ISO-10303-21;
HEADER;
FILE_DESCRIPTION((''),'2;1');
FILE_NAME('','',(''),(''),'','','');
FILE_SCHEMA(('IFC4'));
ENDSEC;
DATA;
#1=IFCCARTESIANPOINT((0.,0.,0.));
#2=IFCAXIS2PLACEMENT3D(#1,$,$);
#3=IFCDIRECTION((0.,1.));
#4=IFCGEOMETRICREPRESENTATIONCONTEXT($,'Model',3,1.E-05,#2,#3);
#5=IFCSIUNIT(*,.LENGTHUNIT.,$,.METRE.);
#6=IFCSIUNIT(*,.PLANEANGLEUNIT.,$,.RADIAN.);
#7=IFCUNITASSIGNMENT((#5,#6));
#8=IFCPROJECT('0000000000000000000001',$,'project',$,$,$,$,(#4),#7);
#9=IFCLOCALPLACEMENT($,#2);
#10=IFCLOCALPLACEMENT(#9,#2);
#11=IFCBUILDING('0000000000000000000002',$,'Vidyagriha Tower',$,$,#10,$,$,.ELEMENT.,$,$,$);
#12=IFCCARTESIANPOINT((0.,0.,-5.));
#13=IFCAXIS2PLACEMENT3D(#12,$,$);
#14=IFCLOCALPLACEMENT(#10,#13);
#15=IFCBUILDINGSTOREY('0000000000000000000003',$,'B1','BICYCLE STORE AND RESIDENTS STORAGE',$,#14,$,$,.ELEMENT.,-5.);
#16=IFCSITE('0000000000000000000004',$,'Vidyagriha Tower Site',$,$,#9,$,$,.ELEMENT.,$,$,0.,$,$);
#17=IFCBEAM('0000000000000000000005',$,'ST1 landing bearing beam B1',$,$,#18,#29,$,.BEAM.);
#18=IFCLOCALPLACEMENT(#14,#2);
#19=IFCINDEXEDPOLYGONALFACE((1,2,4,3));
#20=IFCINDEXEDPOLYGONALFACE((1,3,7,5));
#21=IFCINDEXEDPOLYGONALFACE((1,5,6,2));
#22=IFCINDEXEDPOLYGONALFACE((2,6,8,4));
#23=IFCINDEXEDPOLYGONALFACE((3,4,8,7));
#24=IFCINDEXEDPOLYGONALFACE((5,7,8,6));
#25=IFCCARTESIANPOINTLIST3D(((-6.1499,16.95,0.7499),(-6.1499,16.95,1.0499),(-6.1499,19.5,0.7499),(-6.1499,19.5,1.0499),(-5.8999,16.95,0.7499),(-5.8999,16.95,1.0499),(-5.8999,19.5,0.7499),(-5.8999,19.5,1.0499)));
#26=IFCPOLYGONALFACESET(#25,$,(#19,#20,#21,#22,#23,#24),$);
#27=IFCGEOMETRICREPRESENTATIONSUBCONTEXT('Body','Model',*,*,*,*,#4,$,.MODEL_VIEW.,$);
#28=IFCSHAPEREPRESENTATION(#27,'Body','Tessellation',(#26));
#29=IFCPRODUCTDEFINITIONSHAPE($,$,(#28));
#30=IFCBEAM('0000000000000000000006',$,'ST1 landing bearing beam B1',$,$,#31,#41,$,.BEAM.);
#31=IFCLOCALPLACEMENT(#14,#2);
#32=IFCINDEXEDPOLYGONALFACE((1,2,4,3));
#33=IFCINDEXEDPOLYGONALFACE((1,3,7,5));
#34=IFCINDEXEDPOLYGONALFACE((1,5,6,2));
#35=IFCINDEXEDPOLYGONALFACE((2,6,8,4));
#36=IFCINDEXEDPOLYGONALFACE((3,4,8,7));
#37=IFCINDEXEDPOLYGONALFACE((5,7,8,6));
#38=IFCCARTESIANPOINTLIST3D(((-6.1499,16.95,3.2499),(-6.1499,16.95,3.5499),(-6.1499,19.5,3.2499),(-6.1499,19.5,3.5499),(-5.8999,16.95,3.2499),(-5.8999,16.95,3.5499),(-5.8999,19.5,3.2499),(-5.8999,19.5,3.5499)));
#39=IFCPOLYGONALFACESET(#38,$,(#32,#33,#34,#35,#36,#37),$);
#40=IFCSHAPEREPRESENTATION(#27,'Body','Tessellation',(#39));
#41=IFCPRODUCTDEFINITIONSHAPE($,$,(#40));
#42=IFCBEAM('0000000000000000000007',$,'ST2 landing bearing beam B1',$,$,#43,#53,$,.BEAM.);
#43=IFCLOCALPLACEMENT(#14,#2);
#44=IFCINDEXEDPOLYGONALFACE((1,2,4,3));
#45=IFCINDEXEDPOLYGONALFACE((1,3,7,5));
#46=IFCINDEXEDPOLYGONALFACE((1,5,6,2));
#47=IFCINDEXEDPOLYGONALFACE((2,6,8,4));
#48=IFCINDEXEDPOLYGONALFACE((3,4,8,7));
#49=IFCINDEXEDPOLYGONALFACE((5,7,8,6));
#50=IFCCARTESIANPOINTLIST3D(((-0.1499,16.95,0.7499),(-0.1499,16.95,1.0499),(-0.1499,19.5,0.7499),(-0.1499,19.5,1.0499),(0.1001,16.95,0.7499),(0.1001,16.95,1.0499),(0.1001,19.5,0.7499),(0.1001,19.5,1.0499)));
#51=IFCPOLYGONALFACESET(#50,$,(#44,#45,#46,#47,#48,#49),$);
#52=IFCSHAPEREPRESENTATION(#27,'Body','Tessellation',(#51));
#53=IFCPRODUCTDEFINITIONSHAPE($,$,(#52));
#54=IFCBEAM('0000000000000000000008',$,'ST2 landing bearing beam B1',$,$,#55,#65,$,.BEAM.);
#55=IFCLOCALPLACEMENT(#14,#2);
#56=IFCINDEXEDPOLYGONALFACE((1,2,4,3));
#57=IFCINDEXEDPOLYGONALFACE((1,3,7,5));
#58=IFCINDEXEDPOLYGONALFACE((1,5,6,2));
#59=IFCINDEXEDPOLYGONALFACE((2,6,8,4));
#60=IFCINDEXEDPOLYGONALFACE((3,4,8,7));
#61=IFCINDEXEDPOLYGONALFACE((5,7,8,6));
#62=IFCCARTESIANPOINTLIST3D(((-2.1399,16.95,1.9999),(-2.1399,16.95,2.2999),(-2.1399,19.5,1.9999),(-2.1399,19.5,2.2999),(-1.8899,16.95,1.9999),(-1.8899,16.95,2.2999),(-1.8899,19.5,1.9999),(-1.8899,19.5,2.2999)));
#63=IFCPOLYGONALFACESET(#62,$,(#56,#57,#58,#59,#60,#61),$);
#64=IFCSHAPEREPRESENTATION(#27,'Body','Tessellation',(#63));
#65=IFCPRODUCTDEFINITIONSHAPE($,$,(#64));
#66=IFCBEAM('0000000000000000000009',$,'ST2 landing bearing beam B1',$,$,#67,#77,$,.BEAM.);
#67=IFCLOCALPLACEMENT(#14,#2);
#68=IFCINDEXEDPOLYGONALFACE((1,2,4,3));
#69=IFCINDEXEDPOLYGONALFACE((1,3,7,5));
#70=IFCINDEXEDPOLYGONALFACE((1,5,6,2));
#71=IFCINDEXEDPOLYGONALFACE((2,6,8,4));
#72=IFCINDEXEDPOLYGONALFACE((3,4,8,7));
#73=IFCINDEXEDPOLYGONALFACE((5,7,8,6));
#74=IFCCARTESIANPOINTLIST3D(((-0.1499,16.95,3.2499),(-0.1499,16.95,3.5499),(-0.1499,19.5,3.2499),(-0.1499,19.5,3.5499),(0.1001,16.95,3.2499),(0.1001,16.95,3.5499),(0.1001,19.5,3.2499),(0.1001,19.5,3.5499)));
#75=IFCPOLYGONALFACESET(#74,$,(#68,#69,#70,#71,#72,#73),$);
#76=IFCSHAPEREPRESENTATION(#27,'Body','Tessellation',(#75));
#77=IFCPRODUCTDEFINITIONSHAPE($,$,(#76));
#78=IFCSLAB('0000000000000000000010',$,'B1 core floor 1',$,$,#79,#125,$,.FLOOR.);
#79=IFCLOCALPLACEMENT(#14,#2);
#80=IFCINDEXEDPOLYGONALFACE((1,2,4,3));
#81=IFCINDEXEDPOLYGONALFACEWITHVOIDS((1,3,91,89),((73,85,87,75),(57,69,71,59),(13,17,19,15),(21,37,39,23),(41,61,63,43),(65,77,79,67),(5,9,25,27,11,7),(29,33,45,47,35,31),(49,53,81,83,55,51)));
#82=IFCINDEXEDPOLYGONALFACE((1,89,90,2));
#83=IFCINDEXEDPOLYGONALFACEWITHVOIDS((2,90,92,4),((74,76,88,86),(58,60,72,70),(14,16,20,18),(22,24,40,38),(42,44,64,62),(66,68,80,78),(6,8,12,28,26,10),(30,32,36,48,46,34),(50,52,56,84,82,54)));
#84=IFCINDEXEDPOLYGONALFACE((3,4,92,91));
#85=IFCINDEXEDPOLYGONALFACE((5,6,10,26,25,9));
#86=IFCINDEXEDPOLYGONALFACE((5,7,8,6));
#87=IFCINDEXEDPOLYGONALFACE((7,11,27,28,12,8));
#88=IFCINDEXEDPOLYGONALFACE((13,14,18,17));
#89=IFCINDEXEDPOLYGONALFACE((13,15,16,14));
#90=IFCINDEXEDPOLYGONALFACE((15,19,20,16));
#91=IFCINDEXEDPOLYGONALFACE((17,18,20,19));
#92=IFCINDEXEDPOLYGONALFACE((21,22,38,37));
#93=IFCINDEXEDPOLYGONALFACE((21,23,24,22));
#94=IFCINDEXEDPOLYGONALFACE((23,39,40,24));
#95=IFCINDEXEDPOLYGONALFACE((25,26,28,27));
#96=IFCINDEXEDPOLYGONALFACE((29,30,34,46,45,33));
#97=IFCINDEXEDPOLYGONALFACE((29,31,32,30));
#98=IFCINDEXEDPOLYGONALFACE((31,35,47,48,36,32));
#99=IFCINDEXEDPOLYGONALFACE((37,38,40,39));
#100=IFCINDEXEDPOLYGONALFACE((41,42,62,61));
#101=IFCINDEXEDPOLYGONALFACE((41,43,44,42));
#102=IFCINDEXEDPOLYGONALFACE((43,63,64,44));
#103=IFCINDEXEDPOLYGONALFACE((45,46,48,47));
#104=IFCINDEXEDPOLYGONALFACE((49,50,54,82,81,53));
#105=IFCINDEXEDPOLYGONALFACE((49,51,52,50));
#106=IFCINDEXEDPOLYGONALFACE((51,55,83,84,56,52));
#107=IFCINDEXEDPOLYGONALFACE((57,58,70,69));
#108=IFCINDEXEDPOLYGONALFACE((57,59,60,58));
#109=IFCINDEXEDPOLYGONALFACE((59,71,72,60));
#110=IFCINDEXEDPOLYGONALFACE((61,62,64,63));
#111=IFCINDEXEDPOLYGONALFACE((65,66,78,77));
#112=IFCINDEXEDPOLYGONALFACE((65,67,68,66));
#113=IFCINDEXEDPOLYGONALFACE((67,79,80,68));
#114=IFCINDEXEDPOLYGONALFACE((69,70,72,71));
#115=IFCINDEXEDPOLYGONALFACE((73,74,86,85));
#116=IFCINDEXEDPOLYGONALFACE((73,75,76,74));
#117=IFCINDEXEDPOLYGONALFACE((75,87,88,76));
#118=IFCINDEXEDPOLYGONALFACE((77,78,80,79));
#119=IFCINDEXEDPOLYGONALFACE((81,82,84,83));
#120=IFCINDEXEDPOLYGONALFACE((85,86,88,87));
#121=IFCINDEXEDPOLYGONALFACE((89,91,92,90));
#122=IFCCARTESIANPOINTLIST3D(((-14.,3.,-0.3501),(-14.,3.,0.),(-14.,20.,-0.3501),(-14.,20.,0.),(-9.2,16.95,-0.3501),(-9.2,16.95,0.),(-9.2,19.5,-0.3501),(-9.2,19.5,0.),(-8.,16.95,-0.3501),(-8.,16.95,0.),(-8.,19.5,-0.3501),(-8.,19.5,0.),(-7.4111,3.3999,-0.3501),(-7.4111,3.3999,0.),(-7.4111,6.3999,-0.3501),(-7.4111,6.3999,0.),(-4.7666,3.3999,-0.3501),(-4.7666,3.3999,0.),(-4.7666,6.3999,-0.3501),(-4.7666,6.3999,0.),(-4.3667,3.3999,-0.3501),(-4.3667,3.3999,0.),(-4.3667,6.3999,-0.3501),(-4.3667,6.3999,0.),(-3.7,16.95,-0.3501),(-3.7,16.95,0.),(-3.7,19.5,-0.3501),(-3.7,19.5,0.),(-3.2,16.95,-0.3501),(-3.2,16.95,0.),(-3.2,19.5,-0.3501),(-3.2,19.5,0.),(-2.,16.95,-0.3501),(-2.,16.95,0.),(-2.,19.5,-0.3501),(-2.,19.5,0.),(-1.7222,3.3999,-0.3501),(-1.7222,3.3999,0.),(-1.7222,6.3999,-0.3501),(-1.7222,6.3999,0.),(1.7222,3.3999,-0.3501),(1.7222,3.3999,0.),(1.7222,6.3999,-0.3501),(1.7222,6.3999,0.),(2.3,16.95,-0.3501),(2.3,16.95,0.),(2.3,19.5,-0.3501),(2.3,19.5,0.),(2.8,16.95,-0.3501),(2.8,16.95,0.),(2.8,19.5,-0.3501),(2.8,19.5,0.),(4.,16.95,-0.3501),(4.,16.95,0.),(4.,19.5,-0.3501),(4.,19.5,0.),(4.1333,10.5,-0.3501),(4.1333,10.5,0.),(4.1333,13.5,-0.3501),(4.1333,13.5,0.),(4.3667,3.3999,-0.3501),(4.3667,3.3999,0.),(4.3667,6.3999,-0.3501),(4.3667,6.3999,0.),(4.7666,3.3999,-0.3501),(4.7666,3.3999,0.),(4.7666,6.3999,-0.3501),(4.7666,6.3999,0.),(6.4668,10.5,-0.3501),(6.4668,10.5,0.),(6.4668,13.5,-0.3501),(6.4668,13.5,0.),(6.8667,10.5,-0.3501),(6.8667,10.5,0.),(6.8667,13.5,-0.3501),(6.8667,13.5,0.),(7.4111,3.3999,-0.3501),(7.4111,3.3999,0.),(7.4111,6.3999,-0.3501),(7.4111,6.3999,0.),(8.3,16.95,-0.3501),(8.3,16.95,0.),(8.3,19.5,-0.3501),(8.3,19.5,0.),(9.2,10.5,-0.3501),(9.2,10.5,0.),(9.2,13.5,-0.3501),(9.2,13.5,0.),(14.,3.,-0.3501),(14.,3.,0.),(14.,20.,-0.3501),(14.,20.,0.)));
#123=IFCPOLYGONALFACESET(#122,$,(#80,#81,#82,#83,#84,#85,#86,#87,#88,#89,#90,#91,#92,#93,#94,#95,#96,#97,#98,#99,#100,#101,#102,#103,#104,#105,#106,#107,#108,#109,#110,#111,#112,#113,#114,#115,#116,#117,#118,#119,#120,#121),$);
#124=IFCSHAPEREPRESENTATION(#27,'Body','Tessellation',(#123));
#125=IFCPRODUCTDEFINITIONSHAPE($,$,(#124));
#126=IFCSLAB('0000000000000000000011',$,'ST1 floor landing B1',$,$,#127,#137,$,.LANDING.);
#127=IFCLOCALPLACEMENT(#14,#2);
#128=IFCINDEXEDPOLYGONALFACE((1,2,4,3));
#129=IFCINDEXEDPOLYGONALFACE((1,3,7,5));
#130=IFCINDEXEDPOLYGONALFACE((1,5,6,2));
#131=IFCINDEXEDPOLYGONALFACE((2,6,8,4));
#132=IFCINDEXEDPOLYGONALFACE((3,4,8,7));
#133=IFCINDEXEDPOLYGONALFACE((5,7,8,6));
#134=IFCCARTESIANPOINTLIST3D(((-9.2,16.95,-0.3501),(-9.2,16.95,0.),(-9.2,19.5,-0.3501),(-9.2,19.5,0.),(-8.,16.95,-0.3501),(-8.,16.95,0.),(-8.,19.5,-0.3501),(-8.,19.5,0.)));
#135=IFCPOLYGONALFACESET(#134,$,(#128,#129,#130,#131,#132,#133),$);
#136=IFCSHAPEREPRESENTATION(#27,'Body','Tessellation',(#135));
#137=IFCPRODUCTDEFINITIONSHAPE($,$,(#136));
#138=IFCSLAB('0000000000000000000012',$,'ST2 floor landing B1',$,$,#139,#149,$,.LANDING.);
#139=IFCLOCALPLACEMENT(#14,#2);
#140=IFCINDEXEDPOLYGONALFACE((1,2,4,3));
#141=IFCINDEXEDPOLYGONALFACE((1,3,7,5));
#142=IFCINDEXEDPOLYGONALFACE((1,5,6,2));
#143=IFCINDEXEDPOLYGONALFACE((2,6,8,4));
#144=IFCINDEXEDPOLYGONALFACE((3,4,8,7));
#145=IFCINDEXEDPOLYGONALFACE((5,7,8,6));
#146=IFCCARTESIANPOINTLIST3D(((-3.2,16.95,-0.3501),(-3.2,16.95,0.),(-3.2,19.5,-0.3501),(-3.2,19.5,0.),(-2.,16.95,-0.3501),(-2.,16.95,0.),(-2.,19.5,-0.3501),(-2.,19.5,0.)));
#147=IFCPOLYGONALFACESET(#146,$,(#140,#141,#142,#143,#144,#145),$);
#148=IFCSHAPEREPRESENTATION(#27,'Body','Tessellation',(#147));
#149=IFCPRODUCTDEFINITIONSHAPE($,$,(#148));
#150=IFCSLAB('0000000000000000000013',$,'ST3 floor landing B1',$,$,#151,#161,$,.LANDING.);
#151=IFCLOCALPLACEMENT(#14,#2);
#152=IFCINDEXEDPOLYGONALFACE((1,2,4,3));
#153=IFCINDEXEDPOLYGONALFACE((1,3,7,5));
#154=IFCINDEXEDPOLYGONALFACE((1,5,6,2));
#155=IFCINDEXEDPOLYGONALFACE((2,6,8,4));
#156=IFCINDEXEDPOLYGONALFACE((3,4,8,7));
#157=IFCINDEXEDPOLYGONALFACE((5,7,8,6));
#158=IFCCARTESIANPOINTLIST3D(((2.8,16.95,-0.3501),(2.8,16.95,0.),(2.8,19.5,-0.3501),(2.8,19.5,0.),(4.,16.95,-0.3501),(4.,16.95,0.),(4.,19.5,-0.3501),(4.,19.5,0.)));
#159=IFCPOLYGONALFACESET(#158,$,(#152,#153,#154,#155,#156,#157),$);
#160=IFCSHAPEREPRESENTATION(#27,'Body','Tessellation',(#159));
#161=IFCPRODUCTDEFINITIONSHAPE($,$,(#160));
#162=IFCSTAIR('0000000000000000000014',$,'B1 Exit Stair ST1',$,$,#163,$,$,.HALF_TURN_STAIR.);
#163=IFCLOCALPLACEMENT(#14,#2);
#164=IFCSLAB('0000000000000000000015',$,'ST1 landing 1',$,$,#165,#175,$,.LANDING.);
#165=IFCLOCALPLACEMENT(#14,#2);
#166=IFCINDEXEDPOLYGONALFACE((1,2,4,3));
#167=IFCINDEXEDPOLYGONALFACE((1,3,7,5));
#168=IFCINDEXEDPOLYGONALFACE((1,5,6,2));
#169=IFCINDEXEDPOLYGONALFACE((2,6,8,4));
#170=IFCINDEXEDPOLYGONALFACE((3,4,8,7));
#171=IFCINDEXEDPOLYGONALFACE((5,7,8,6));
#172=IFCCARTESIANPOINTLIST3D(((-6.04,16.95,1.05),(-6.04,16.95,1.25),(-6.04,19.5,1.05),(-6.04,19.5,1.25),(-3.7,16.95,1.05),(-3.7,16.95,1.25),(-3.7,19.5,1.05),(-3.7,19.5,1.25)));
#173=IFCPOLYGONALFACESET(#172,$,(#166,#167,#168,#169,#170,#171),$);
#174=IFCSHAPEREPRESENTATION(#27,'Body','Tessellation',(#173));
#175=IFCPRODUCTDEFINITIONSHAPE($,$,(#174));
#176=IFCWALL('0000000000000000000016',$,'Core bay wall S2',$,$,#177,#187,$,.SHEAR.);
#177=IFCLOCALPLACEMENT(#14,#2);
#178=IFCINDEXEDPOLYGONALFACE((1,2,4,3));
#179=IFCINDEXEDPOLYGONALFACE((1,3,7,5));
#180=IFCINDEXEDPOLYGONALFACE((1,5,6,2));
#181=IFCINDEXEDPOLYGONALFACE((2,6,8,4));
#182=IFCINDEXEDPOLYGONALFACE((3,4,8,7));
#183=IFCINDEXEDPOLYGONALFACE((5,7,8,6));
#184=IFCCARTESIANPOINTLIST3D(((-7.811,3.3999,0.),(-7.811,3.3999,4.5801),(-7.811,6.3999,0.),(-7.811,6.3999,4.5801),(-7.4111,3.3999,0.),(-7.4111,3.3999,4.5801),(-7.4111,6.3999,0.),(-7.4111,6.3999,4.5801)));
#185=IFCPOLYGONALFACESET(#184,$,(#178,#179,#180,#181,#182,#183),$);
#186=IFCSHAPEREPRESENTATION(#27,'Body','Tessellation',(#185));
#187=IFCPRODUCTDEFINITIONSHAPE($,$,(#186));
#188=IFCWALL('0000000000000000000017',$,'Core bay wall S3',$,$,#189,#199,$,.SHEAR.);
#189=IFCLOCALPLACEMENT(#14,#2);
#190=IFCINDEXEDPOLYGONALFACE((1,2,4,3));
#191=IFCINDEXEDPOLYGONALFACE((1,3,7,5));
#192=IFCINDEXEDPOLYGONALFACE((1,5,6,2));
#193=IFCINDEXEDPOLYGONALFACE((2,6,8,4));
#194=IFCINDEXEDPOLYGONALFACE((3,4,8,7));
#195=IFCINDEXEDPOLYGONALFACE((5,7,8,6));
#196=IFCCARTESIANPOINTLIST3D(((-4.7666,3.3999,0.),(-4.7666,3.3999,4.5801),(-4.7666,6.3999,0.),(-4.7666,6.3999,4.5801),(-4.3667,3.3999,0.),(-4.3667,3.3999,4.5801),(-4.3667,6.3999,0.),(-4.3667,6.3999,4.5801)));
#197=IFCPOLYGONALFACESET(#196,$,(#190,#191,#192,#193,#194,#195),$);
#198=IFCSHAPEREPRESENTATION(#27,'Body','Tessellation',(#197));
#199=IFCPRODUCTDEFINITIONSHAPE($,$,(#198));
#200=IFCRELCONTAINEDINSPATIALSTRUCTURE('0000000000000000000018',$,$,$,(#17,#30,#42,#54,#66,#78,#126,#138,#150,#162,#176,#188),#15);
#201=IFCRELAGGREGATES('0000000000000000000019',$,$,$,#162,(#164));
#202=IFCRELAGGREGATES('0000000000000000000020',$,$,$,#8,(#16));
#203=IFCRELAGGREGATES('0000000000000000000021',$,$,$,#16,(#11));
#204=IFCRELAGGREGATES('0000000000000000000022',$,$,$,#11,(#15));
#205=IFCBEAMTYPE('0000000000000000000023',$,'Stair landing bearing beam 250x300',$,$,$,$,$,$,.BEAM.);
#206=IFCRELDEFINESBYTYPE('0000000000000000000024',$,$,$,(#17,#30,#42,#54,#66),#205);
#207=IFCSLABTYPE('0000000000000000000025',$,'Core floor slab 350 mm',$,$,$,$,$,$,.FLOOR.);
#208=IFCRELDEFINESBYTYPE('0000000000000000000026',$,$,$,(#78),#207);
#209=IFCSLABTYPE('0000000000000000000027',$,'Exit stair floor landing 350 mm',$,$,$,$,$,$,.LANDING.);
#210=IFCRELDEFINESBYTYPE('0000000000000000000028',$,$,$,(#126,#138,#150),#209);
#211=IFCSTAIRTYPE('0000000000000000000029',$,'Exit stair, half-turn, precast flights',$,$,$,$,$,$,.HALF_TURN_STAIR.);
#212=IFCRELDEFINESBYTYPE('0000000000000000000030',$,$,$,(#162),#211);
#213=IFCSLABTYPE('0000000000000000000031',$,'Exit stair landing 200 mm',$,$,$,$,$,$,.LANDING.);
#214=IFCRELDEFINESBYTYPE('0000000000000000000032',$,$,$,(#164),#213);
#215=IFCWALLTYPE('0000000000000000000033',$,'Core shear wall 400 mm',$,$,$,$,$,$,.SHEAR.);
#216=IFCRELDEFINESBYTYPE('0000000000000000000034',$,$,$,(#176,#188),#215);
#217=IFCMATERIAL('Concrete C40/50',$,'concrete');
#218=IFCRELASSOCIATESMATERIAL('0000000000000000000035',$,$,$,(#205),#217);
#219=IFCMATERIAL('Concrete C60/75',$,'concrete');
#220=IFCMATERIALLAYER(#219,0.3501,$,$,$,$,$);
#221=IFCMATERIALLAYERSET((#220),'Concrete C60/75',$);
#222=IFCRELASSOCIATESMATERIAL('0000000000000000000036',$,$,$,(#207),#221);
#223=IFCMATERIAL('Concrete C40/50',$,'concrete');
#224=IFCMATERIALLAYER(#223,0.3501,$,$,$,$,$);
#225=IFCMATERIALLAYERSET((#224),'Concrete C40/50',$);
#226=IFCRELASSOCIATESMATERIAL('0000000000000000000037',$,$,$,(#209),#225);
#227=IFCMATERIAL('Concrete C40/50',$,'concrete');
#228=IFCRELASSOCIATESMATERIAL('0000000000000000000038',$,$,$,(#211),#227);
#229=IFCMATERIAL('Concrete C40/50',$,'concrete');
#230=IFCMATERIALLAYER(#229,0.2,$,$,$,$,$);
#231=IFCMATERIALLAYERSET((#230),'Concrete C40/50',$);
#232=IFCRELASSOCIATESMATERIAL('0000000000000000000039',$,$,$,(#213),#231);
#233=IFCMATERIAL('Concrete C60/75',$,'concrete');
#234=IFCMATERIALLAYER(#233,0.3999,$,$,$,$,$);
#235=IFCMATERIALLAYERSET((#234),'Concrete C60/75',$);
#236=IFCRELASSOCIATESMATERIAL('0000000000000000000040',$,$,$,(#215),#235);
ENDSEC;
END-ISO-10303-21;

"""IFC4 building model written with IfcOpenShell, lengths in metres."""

from ifc_helpers import new_model, si_unit, direction, frame, frame_2d, origin, origin_2d, place, context, subcontext, project, spatial, polyline, rectangle, outline, extrude, material, layer, layer_set, material_profile, profile_set, type_object, element, aggregate, save


model = new_model("IFC4")

# Units and contexts
model_context = context("Model", 3, precision=1e-05, world=origin(), true_north=direction((0.0, 1.0)))
body_context = subcontext(model_context, "Body", "Model", "MODEL_VIEW")
ifc_project = project(units=[si_unit("LENGTHUNIT", "METRE"), si_unit("PLANEANGLEUNIT", "RADIAN")], contexts=[model_context])

# Site, building, storey
site_placement = place(None, origin())
site = spatial("IfcSite", under=ifc_project, at=site_placement, Name="Vidyagriha Tower Site", CompositionType="ELEMENT", RefElevation=0.0)
building_placement = place(site_placement, origin())
building = spatial("IfcBuilding", under=site, at=building_placement, Name="Vidyagriha Tower", CompositionType="ELEMENT")
storey_placement = place(building_placement, frame((0.0, 0.0, -5.0)))
storey = spatial("IfcBuildingStorey", under=building, at=storey_placement, Name="B1", Description="BICYCLE STORE AND RESIDENTS STORAGE", CompositionType="ELEMENT", Elevation=-5.0)

# Beams
ifc_material_1 = material(Name="Concrete C40/50", Category="concrete")
ifc_material_profile = material_profile(ifc_material_1, rectangle(XDim=0.25, YDim=0.3, at=origin_2d()), Name="Stair landing bearing beam 250x300")
ifc_profile_set = profile_set([ifc_material_profile], Name="Concrete C40/50")
beam_type = type_object("IfcBeamType", Name="Stair landing bearing beam 250x300", PredefinedType="BEAM", material=ifc_profile_set)
for number, where, z_axis, x_axis, name in (
    (1, (-6.0249, 16.95, 0.8999), (0.0, 1.0, 0.0), (-1.0, 0.0, 0.0), "ST1 landing bearing beam B1"),
    (2, (-6.0249, 16.95, 3.3999), (0.0, 1.0, 0.0), (-1.0, 0.0, 0.0), "ST1 landing bearing beam B1"),
    (3, (-0.0249, 16.95, 0.8999), (0.0, 1.0, 0.0), (-1.0, 0.0, 0.0), "ST2 landing bearing beam B1"),
    (4, (-2.0149, 16.95, 2.1499), (0.0, 1.0, 0.0), (-1.0, 0.0, 0.0), "ST2 landing bearing beam B1"),
    (5, (-0.0249, 16.95, 3.3999), (0.0, 1.0, 0.0), (-1.0, 0.0, 0.0), "ST2 landing bearing beam B1"),
):
    element("IfcBeam", number, at=place(storey_placement, frame(where, z_axis=z_axis, x_axis=x_axis)), inside=storey, type_object=beam_type, Name=name, PredefinedType="BEAM", context=body_context, shape_type="SweptSolid", body=[
        extrude(rectangle(XDim=0.25, YDim=0.3, at=origin_2d()), origin(), (0.0, 0.0, 1.0), 2.55),
    ])

# Slabs
ifc_material_2 = material(Name="Concrete C60/75", Category="concrete")
ifc_layer_1 = layer(ifc_material_2, 0.3501)
ifc_layer_set_1 = layer_set([ifc_layer_1], Name="Concrete C60/75")
slab_type_1 = type_object("IfcSlabType", Name="Core floor slab 350 mm", PredefinedType="FLOOR", material=ifc_layer_set_1)
slab_1_placement = place(storey_placement, frame((0.0, 0.0, -0.3501)))
element("IfcSlab", 6, at=slab_1_placement, inside=storey, type_object=slab_type_1, Name="B1 core floor 1", PredefinedType="FLOOR", context=body_context, shape_type="SweptSolid", body=[
    extrude(outline(polyline([(-14.0, 3.0), (-14.0, 20.0), (14.0, 20.0), (14.0, 3.0), (-14.0, 3.0)]), holes=[polyline([(6.8667, 13.5), (6.8667, 10.5), (9.2, 10.5), (9.2, 13.5), (6.8667, 13.5)]), polyline([(4.0, 19.5), (2.8, 19.5), (2.8, 16.95), (4.0, 16.95), (8.3, 16.95), (8.3, 19.5), (4.0, 19.5)]), polyline([(7.4111, 6.3999), (4.7666, 6.3999), (4.7666, 3.3999), (7.4111, 3.3999), (7.4111, 6.3999)]), polyline([(6.4668, 13.5), (4.1333, 13.5), (4.1333, 10.5), (6.4668, 10.5), (6.4668, 13.5)]), polyline([(1.7222, 6.3999), (1.7222, 3.3999), (4.3667, 3.3999), (4.3667, 6.3999), (1.7222, 6.3999)]), polyline([(-2.0, 19.5), (-3.2, 19.5), (-3.2, 16.95), (-2.0, 16.95), (2.3, 16.95), (2.3, 19.5), (-2.0, 19.5)]), polyline([(-1.7222, 6.3999), (-4.3667, 6.3999), (-4.3667, 3.3999), (-1.7222, 3.3999), (-1.7222, 6.3999)]), polyline([(-8.0, 19.5), (-9.2, 19.5), (-9.2, 16.95), (-8.0, 16.95), (-3.7, 16.95), (-3.7, 19.5), (-8.0, 19.5)]), polyline([(-7.4111, 6.3999), (-7.4111, 3.3999), (-4.7666, 3.3999), (-4.7666, 6.3999), (-7.4111, 6.3999)])]), origin(), (0.0, 0.0, 1.0), 0.3501),
])
ifc_material_3 = material(Name="Concrete C40/50", Category="concrete")
ifc_layer_2 = layer(ifc_material_3, 0.3501)
ifc_layer_set_2 = layer_set([ifc_layer_2], Name="Concrete C40/50")
slab_type_2 = type_object("IfcSlabType", Name="Exit stair floor landing 350 mm", PredefinedType="LANDING", material=ifc_layer_set_2)
slab_2_placement = place(storey_placement, frame((0.0, 0.0, -0.3501)))
element("IfcSlab", 7, at=slab_2_placement, inside=storey, type_object=slab_type_2, Name="ST1 floor landing B1", PredefinedType="LANDING", context=body_context, shape_type="SweptSolid", body=[
    extrude(outline(polyline([(-9.2, 16.95), (-8.0, 16.95), (-8.0, 19.5), (-9.2, 19.5), (-9.2, 16.95)])), origin(), (0.0, 0.0, 1.0), 0.3501),
])
slab_3_placement = place(storey_placement, frame((0.0, 0.0, -0.3501)))
element("IfcSlab", 8, at=slab_3_placement, inside=storey, type_object=slab_type_2, Name="ST2 floor landing B1", PredefinedType="LANDING", context=body_context, shape_type="SweptSolid", body=[
    extrude(outline(polyline([(-3.2, 16.95), (-2.0, 16.95), (-2.0, 19.5), (-3.2, 19.5), (-3.2, 16.95)])), origin(), (0.0, 0.0, 1.0), 0.3501),
])
slab_4_placement = place(storey_placement, frame((0.0, 0.0, -0.3501)))
element("IfcSlab", 9, at=slab_4_placement, inside=storey, type_object=slab_type_2, Name="ST3 floor landing B1", PredefinedType="LANDING", context=body_context, shape_type="SweptSolid", body=[
    extrude(outline(polyline([(2.8, 16.95), (4.0, 16.95), (4.0, 19.5), (2.8, 19.5), (2.8, 16.95)])), origin(), (0.0, 0.0, 1.0), 0.3501),
])

# Stair, slab
ifc_material_4 = material(Name="Concrete C40/50", Category="concrete")
stair_type = type_object("IfcStairType", Name="Exit stair, half-turn, precast flights", PredefinedType="HALF_TURN_STAIR", material=ifc_material_4)
stair_placement = place(storey_placement, origin())
stair = element("IfcStair", 10, at=stair_placement, inside=storey, type_object=stair_type, Name="B1 Exit Stair ST1", PredefinedType="HALF_TURN_STAIR")
ifc_material_5 = material(Name="Concrete C40/50", Category="concrete")
ifc_layer_3 = layer(ifc_material_5, 0.2)
ifc_layer_set_3 = layer_set([ifc_layer_3], Name="Concrete C40/50")
slab_type_3 = type_object("IfcSlabType", Name="Exit stair landing 200 mm", PredefinedType="LANDING", material=ifc_layer_set_3)
slab_5_placement = place(storey_placement, frame((0.0, 0.0, 1.05)))
slab_5 = element("IfcSlab", 11, at=slab_5_placement, type_object=slab_type_3, Name="ST1 landing 1", PredefinedType="LANDING", context=body_context, shape_type="SweptSolid", body=[
    extrude(outline(polyline([(-6.04, 16.95), (-3.7, 16.95), (-3.7, 19.5), (-6.04, 19.5), (-6.04, 16.95)])), origin(), (0.0, 0.0, 1.0), 0.2),
])
aggregate(stair, [slab_5])

# Walls
ifc_material_6 = material(Name="Concrete C60/75", Category="concrete")
ifc_layer_4 = layer(ifc_material_6, 0.3999)
ifc_layer_set_4 = layer_set([ifc_layer_4], Name="Concrete C60/75")
wall_type_1 = type_object("IfcWallType", Name="Core shear wall 400 mm", PredefinedType="SHEAR", material=ifc_layer_set_4)
for number, where, z_axis, x_axis, name in (
    (12, (-7.6111, 3.3999, 0.0), (0.0, 0.0, 1.0), (0.0, 1.0, 0.0), "Core bay wall S2"),
    (13, (-4.5667, 3.3999, 0.0), (0.0, 0.0, 1.0), (0.0, 1.0, 0.0), "Core bay wall S3"),
):
    element("IfcWall", number, at=place(storey_placement, frame(where, z_axis=z_axis, x_axis=x_axis)), inside=storey, type_object=wall_type_1, Name=name, PredefinedType="SHEAR", context=body_context, shape_type="SweptSolid", body=[
        extrude(rectangle(XDim=3.0, YDim=0.3999, at=frame_2d((1.5, 0.0))), origin(), (0.0, 0.0, 1.0), 4.5801),
    ])

save(model, "model.ifc")
